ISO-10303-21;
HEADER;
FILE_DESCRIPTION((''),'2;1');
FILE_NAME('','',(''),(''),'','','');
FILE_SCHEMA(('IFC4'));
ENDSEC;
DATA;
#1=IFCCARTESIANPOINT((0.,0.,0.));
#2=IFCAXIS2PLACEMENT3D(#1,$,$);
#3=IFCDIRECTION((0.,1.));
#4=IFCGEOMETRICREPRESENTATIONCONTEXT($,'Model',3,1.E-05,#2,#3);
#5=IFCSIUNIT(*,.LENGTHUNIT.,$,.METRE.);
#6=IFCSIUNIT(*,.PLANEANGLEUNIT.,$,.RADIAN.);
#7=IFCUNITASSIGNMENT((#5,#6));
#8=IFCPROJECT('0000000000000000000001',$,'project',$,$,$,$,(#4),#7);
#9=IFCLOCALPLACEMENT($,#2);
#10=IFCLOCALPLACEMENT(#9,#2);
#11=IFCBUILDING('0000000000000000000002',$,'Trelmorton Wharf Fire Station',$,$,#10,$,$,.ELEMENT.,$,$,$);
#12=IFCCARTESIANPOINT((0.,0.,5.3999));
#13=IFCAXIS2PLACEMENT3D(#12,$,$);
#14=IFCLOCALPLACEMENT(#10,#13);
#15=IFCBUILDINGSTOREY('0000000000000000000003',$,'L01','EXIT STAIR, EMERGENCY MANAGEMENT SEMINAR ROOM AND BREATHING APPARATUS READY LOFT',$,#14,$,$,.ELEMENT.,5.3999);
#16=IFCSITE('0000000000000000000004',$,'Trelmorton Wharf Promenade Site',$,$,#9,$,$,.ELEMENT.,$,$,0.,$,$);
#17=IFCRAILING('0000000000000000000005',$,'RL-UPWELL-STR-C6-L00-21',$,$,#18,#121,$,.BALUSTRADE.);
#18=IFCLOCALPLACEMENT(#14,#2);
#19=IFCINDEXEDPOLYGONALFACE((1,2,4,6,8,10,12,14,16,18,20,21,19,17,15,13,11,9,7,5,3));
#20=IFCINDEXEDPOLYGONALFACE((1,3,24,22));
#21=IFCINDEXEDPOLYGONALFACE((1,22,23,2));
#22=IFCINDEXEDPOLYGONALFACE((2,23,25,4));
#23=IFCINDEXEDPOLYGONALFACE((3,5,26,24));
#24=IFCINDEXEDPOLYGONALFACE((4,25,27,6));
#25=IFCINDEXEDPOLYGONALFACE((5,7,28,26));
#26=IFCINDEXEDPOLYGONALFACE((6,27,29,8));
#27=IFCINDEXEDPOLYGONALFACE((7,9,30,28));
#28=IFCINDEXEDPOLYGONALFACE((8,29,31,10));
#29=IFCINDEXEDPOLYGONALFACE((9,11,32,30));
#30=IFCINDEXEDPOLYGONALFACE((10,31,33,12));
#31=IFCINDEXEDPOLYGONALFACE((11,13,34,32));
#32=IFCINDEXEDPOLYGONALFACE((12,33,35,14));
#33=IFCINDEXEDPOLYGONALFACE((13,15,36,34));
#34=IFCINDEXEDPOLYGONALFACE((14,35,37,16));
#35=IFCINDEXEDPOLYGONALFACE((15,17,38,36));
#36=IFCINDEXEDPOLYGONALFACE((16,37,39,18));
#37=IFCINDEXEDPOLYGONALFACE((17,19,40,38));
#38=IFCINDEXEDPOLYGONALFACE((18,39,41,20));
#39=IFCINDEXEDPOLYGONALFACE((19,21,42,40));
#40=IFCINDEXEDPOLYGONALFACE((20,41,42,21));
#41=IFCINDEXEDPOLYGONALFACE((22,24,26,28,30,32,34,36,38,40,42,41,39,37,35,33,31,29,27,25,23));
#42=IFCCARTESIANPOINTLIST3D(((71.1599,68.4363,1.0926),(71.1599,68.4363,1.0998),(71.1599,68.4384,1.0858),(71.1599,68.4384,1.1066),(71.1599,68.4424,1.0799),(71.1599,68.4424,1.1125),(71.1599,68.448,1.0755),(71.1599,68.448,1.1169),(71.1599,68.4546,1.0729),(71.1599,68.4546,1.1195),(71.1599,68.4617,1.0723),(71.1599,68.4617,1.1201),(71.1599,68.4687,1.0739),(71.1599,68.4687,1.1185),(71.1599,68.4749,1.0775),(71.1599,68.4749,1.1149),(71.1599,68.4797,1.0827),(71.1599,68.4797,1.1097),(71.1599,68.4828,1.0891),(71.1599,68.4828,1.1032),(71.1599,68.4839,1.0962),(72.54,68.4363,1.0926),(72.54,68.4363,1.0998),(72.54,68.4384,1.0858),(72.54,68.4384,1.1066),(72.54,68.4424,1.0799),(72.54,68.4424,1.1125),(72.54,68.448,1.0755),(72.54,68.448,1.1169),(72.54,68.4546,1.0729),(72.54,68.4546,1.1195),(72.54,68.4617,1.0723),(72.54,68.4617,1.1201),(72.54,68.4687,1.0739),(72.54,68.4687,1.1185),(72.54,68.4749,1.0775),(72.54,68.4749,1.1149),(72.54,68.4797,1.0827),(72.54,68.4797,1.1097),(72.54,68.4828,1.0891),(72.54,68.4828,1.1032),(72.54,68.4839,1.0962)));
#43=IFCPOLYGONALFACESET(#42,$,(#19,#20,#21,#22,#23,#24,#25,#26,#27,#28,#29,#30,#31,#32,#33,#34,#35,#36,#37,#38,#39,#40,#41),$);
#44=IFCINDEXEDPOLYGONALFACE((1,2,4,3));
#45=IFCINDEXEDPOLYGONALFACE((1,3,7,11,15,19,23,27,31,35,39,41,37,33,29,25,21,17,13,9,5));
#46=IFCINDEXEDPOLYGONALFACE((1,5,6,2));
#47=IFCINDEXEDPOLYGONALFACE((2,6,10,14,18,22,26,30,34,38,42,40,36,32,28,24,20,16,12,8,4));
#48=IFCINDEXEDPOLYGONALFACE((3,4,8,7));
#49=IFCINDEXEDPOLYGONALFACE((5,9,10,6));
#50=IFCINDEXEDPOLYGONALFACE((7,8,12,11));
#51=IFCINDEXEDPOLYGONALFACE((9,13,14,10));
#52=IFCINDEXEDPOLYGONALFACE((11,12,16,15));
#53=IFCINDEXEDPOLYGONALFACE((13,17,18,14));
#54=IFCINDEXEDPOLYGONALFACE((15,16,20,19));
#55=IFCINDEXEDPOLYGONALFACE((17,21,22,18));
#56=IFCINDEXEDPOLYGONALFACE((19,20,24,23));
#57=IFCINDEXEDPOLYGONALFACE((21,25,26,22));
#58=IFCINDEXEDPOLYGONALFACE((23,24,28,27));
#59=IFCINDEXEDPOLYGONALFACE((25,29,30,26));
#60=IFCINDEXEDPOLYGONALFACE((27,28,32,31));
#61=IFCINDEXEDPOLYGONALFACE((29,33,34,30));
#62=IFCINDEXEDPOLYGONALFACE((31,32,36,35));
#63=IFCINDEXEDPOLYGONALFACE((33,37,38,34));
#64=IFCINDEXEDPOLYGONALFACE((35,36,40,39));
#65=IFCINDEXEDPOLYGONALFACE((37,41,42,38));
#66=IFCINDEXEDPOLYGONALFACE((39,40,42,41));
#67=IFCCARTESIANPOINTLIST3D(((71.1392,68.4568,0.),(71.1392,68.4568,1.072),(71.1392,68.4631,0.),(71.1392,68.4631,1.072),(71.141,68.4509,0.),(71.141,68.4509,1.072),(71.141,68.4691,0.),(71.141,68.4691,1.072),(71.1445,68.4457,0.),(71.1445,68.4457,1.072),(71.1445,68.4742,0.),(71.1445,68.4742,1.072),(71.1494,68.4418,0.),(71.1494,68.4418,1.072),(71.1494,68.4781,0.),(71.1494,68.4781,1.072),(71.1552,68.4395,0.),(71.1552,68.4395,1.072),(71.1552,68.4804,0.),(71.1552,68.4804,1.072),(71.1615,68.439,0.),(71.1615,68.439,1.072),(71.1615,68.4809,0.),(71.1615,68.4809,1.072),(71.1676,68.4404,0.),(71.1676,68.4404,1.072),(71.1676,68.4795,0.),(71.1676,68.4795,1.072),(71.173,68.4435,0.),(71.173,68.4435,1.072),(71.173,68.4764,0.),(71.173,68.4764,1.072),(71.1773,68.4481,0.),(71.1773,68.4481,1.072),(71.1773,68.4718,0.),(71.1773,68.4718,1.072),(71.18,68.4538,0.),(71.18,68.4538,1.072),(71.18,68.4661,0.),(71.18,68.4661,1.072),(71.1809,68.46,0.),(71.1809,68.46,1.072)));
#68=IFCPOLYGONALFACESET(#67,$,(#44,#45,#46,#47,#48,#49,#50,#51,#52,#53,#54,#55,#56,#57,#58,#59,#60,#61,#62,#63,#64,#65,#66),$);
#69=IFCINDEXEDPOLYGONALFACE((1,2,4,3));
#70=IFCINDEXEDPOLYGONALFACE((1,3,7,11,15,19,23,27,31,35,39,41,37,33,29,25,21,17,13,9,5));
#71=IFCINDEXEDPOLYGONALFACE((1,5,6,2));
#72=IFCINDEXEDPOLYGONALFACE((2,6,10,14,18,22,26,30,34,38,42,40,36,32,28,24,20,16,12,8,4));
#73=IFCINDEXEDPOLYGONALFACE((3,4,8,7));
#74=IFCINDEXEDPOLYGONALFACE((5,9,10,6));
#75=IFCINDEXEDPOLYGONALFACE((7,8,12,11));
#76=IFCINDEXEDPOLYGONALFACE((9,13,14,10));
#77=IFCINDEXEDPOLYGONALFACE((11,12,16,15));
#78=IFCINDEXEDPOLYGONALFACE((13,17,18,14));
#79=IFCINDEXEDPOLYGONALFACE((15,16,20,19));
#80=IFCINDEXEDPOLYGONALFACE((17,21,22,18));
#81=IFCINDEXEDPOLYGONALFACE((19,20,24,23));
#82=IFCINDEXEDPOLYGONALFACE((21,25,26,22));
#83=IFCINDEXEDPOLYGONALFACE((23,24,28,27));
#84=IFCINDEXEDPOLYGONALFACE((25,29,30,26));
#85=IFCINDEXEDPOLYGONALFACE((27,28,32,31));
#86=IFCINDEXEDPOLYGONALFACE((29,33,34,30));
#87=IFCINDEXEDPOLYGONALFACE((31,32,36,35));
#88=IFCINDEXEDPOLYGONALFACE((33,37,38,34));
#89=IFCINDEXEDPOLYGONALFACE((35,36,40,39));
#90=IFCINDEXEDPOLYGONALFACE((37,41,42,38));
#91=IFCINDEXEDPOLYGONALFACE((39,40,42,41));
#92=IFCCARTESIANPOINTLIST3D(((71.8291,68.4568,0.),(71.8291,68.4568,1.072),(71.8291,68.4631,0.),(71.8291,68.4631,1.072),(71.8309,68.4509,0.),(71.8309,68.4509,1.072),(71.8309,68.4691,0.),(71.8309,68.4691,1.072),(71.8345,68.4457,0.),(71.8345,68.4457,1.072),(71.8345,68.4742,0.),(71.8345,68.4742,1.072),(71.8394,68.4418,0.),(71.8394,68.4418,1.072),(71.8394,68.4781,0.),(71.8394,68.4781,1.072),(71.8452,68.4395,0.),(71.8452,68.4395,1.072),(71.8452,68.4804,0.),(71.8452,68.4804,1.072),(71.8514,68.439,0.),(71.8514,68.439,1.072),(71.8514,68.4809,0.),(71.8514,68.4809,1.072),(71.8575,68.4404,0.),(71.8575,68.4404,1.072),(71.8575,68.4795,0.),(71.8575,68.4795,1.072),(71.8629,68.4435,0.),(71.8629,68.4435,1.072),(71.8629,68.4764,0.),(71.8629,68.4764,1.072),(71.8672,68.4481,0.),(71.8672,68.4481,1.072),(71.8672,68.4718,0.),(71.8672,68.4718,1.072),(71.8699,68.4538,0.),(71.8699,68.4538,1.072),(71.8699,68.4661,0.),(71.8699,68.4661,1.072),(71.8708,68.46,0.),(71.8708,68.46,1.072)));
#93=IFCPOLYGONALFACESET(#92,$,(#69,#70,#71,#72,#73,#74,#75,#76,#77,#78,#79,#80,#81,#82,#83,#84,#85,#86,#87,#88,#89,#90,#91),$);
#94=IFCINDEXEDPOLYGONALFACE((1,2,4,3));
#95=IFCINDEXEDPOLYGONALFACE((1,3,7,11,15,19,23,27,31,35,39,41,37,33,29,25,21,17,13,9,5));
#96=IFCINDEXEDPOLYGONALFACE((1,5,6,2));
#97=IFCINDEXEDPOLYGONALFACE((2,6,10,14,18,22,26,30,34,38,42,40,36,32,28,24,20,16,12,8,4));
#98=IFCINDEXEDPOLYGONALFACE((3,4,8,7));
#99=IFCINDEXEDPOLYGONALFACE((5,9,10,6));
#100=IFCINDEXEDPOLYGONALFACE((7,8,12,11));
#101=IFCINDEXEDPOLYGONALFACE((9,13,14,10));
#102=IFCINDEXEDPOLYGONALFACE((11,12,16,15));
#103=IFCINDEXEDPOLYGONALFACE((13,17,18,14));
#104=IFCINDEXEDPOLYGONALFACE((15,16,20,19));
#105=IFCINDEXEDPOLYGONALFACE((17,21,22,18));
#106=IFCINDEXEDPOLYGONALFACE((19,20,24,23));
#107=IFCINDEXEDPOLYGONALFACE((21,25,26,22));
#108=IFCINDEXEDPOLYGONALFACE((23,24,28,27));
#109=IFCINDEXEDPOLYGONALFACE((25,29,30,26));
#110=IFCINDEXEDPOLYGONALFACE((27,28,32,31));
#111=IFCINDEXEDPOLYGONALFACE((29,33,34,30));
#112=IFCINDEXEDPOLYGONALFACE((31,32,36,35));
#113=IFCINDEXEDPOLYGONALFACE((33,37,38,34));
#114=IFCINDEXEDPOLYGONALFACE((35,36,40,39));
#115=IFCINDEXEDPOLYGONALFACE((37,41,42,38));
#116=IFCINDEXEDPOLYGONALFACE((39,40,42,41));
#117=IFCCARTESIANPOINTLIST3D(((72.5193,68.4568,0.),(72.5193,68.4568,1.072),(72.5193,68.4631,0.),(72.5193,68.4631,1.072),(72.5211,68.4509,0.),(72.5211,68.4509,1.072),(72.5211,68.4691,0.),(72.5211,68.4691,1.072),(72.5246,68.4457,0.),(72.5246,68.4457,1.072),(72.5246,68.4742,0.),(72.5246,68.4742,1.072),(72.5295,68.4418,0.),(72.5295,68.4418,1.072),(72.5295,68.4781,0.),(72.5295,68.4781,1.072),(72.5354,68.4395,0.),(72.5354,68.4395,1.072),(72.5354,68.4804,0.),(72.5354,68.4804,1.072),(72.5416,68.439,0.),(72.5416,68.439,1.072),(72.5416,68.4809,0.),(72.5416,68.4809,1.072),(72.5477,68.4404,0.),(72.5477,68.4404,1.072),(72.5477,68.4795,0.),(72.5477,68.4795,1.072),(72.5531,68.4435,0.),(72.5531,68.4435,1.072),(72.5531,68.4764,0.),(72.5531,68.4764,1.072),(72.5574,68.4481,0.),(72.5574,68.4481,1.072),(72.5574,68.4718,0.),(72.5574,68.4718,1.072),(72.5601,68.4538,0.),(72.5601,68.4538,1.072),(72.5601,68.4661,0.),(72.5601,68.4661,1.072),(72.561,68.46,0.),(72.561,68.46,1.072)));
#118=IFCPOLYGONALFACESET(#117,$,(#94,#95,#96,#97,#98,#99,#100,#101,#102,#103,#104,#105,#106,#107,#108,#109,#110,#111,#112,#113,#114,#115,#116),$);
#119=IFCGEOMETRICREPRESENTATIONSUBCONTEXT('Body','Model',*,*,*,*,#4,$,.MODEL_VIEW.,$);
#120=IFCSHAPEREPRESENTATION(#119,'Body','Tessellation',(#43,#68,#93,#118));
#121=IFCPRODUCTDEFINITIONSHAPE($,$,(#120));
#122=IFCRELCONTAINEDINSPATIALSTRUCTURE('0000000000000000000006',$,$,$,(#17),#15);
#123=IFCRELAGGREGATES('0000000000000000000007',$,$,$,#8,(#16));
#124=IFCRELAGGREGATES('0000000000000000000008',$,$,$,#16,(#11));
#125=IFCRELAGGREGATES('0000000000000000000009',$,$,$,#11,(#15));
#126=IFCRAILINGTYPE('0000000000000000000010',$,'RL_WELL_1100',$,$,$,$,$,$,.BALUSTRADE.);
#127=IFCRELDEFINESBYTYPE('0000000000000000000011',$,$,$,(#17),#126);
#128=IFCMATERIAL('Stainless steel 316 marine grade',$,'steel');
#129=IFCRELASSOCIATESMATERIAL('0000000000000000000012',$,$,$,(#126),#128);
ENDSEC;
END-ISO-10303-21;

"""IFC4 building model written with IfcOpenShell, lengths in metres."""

from ifc_helpers import new_model, si_unit, direction, frame, origin, origin_2d, place, context, subcontext, project, spatial, circle, extrude, material, type_object, element, save


model = new_model("IFC4")

# Units and contexts
model_context = context("Model", 3, precision=1e-05, world=origin(), true_north=direction((0.0, 1.0)))
body_context = subcontext(model_context, "Body", "Model", "MODEL_VIEW")
ifc_project = project(units=[si_unit("LENGTHUNIT", "METRE"), si_unit("PLANEANGLEUNIT", "RADIAN")], contexts=[model_context])

# Site, building, storey
site_placement = place(None, origin())
site = spatial("IfcSite", under=ifc_project, at=site_placement, Name="Trelmorton Wharf Promenade Site", CompositionType="ELEMENT", RefElevation=0.0)
building_placement = place(site_placement, origin())
building = spatial("IfcBuilding", under=site, at=building_placement, Name="Trelmorton Wharf Fire Station", CompositionType="ELEMENT")
storey_placement = place(building_placement, frame((0.0, 0.0, 5.3999)))
storey = spatial("IfcBuildingStorey", under=building, at=storey_placement, Name="L01", Description="EXIT STAIR, EMERGENCY MANAGEMENT SEMINAR ROOM AND BREATHING APPARATUS READY LOFT", CompositionType="ELEMENT", Elevation=5.3999)

# Shared definitions
ifc_material_1 = material(Name="Stainless steel 316 marine grade", Category="steel")

# Railing
railing_type_1 = type_object("IfcRailingType", Name="RL_WELL_1100", PredefinedType="BALUSTRADE", material=ifc_material_1)
railing_1_placement = place(storey_placement, frame((71.1599, 68.46, 0.0)))
element("IfcRailing", 1, at=railing_1_placement, inside=storey, type_object=railing_type_1, Name="RL-UPWELL-STR-C6-L00-21", PredefinedType="BALUSTRADE", context=body_context, shape_type="SweptSolid", body=[
    extrude(circle(Radius=0.0239, at=origin_2d()), frame((0.0, 0.0, 1.0962), z_axis=(1.0, 0.0, 0.0), x_axis=(0.0, 1.0, 0.0)), (0.0, 0.0, 1.0), 1.3801),
    extrude(circle(Radius=0.021, at=origin_2d()), origin(), (0.0, 0.0, 1.0), 1.072),
    extrude(circle(Radius=0.021, at=origin_2d()), frame((0.6899, 0.0, 0.0)), (0.0, 0.0, 1.0), 1.072),
    extrude(circle(Radius=0.021, at=origin_2d()), frame((1.3801, 0.0, 0.0)), (0.0, 0.0, 1.0), 1.072),
])

save(model, "model.ifc")
